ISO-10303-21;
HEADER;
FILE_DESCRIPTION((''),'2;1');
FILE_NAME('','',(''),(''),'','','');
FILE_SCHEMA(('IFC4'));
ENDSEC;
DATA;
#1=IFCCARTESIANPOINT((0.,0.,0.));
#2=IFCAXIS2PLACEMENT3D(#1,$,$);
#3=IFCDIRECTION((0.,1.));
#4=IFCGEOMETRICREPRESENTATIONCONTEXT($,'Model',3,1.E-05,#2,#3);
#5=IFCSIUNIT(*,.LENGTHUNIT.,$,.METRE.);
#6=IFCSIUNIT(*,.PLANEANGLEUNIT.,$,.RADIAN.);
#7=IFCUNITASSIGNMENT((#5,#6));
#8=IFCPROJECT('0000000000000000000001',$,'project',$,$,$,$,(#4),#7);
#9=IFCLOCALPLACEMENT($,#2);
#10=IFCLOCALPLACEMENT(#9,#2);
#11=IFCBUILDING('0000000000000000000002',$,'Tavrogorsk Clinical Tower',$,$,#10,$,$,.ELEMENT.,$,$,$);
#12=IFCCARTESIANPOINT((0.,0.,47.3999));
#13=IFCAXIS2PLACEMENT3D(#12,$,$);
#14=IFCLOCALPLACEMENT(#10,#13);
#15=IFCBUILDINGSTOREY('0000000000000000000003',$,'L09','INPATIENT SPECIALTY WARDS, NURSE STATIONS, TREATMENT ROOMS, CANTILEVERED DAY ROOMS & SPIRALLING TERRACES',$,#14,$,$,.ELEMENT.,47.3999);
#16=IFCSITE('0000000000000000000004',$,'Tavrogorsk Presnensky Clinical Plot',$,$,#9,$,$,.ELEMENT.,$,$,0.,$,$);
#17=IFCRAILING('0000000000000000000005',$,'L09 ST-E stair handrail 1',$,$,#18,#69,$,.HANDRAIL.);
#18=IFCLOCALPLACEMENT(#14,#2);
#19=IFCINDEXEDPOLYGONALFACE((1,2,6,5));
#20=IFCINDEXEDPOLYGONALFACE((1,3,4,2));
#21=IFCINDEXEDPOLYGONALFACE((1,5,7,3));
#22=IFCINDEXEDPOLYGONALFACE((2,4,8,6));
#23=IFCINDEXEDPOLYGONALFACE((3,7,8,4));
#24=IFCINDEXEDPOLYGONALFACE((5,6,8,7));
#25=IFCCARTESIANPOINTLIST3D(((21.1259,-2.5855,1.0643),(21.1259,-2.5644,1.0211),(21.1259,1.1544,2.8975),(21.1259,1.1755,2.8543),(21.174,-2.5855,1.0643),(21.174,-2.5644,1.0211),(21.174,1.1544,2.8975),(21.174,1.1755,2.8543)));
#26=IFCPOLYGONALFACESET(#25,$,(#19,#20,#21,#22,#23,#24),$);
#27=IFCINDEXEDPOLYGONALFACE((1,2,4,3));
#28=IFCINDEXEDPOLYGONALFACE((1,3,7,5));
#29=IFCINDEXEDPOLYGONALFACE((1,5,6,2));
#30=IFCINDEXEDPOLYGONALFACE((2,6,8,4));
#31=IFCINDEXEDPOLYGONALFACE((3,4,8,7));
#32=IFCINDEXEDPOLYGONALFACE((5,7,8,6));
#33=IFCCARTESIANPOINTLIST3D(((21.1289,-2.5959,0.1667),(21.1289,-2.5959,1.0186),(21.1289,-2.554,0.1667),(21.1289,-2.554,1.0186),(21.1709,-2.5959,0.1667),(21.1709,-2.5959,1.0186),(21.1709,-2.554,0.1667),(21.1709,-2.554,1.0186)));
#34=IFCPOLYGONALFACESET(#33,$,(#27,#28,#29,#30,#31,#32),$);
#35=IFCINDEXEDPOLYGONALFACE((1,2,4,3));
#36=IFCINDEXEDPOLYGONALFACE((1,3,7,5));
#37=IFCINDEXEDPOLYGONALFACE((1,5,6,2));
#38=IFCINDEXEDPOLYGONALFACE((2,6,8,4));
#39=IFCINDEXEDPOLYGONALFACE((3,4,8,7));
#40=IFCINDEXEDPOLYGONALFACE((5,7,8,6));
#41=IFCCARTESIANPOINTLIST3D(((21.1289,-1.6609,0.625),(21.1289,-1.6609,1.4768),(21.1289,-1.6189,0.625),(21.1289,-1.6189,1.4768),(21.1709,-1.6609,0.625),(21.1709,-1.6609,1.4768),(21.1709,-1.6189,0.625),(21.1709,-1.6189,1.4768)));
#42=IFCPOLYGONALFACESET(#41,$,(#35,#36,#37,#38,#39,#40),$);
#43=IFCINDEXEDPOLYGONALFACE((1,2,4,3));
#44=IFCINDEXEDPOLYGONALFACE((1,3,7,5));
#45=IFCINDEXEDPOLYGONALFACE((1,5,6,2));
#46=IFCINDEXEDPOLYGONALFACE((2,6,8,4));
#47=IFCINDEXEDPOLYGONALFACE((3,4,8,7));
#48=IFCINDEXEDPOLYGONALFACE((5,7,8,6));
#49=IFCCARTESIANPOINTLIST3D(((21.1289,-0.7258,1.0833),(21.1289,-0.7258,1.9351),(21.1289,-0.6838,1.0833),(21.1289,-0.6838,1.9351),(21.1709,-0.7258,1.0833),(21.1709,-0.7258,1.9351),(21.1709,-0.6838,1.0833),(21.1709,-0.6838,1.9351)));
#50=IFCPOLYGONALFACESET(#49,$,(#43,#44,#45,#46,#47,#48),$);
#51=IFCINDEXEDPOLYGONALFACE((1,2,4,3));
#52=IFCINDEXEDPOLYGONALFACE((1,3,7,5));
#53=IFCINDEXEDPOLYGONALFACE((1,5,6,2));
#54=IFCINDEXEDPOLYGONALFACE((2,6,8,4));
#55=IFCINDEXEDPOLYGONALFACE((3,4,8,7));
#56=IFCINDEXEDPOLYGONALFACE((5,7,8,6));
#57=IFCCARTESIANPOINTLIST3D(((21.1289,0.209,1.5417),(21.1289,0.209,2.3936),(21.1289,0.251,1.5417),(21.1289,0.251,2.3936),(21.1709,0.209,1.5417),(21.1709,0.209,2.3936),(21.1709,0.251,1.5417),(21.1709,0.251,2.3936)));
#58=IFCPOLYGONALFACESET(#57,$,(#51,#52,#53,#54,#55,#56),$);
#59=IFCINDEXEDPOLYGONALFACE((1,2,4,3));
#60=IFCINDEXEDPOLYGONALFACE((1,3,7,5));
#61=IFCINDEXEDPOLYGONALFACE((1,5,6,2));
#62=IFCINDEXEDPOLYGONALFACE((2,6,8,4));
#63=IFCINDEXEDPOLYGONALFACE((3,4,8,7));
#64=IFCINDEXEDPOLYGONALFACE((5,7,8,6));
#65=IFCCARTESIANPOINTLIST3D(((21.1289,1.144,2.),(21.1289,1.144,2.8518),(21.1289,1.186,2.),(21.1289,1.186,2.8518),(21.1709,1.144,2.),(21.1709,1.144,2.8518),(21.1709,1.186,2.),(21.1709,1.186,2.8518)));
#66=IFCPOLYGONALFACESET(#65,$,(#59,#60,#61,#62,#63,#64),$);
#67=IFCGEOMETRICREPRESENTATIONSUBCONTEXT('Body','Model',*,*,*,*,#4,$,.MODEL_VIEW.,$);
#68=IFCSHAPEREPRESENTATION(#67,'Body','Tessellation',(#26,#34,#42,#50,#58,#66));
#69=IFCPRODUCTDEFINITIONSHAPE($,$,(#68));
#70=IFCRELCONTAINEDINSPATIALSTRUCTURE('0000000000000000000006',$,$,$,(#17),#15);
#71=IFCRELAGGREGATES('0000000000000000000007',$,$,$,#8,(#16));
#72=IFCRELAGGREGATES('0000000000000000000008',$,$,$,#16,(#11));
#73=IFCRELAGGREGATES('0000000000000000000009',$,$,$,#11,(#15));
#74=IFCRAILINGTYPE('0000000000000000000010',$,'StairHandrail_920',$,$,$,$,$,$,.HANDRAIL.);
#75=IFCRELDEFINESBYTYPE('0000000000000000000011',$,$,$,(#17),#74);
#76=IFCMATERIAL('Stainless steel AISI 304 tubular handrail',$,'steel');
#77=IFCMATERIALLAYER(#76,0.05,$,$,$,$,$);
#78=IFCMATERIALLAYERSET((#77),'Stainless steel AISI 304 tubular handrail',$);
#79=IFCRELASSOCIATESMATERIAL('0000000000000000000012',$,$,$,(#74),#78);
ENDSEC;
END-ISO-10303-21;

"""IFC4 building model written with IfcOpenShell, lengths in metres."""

from ifc_helpers import new_model, si_unit, direction, frame, origin, origin_2d, place, context, subcontext, project, spatial, rectangle, extrude, material, layer, layer_set, type_object, element, save


model = new_model("IFC4")

# Units and contexts
model_context = context("Model", 3, precision=1e-05, world=origin(), true_north=direction((0.0, 1.0)))
body_context = subcontext(model_context, "Body", "Model", "MODEL_VIEW")
ifc_project = project(units=[si_unit("LENGTHUNIT", "METRE"), si_unit("PLANEANGLEUNIT", "RADIAN")], contexts=[model_context])

# Site, building, storey
site_placement = place(None, origin())
site = spatial("IfcSite", under=ifc_project, at=site_placement, Name="Tavrogorsk Presnensky Clinical Plot", CompositionType="ELEMENT", RefElevation=0.0)
building_placement = place(site_placement, origin())
building = spatial("IfcBuilding", under=site, at=building_placement, Name="Tavrogorsk Clinical Tower", CompositionType="ELEMENT")
storey_placement = place(building_placement, frame((0.0, 0.0, 47.3999)))
storey = spatial("IfcBuildingStorey", under=building, at=storey_placement, Name="L09", Description="INPATIENT SPECIALTY WARDS, NURSE STATIONS, TREATMENT ROOMS, CANTILEVERED DAY ROOMS & SPIRALLING TERRACES", CompositionType="ELEMENT", Elevation=47.3999)

# Railing
ifc_material_1 = material(Name="Stainless steel AISI 304 tubular handrail", Category="steel")
ifc_layer_1 = layer(ifc_material_1, 0.05)
ifc_layer_set_1 = layer_set([ifc_layer_1], Name="Stainless steel AISI 304 tubular handrail")
railing_type_1 = type_object("IfcRailingType", Name="StairHandrail_920", PredefinedType="HANDRAIL", material=ifc_layer_set_1)
railing_1_placement = place(storey_placement, frame((21.1499, -2.575, 0.1667)))
element("IfcRailing", 1, at=railing_1_placement, inside=storey, type_object=railing_type_1, Name="L09 ST-E stair handrail 1", PredefinedType="HANDRAIL", context=body_context, shape_type="SweptSolid", body=[
    extrude(rectangle(XDim=0.0481, YDim=0.0481, at=origin_2d()), frame((0.0, 0.0, 0.876), z_axis=(0.0, 0.897928, 0.440142), x_axis=(-1.0, 0.0, 0.0)), (0.0, 0.0, 1.0), 4.165),
    extrude(rectangle(XDim=0.042, YDim=0.042, at=origin_2d()), origin(), (0.0, 0.0, 1.0), 0.8518),
    extrude(rectangle(XDim=0.042, YDim=0.042, at=origin_2d()), frame((0.0, 0.9351, 0.4583)), (0.0, 0.0, 1.0), 0.8518),
    extrude(rectangle(XDim=0.042, YDim=0.042, at=origin_2d()), frame((0.0, 1.8701, 0.9165)), (0.0, 0.0, 1.0), 0.8518),
    extrude(rectangle(XDim=0.042, YDim=0.042, at=origin_2d()), frame((0.0, 2.8049, 1.375)), (0.0, 0.0, 1.0), 0.8518),
    extrude(rectangle(XDim=0.042, YDim=0.042, at=origin_2d()), frame((0.0, 3.74, 1.8333)), (0.0, 0.0, 1.0), 0.8518),
])

save(model, "model.ifc")
